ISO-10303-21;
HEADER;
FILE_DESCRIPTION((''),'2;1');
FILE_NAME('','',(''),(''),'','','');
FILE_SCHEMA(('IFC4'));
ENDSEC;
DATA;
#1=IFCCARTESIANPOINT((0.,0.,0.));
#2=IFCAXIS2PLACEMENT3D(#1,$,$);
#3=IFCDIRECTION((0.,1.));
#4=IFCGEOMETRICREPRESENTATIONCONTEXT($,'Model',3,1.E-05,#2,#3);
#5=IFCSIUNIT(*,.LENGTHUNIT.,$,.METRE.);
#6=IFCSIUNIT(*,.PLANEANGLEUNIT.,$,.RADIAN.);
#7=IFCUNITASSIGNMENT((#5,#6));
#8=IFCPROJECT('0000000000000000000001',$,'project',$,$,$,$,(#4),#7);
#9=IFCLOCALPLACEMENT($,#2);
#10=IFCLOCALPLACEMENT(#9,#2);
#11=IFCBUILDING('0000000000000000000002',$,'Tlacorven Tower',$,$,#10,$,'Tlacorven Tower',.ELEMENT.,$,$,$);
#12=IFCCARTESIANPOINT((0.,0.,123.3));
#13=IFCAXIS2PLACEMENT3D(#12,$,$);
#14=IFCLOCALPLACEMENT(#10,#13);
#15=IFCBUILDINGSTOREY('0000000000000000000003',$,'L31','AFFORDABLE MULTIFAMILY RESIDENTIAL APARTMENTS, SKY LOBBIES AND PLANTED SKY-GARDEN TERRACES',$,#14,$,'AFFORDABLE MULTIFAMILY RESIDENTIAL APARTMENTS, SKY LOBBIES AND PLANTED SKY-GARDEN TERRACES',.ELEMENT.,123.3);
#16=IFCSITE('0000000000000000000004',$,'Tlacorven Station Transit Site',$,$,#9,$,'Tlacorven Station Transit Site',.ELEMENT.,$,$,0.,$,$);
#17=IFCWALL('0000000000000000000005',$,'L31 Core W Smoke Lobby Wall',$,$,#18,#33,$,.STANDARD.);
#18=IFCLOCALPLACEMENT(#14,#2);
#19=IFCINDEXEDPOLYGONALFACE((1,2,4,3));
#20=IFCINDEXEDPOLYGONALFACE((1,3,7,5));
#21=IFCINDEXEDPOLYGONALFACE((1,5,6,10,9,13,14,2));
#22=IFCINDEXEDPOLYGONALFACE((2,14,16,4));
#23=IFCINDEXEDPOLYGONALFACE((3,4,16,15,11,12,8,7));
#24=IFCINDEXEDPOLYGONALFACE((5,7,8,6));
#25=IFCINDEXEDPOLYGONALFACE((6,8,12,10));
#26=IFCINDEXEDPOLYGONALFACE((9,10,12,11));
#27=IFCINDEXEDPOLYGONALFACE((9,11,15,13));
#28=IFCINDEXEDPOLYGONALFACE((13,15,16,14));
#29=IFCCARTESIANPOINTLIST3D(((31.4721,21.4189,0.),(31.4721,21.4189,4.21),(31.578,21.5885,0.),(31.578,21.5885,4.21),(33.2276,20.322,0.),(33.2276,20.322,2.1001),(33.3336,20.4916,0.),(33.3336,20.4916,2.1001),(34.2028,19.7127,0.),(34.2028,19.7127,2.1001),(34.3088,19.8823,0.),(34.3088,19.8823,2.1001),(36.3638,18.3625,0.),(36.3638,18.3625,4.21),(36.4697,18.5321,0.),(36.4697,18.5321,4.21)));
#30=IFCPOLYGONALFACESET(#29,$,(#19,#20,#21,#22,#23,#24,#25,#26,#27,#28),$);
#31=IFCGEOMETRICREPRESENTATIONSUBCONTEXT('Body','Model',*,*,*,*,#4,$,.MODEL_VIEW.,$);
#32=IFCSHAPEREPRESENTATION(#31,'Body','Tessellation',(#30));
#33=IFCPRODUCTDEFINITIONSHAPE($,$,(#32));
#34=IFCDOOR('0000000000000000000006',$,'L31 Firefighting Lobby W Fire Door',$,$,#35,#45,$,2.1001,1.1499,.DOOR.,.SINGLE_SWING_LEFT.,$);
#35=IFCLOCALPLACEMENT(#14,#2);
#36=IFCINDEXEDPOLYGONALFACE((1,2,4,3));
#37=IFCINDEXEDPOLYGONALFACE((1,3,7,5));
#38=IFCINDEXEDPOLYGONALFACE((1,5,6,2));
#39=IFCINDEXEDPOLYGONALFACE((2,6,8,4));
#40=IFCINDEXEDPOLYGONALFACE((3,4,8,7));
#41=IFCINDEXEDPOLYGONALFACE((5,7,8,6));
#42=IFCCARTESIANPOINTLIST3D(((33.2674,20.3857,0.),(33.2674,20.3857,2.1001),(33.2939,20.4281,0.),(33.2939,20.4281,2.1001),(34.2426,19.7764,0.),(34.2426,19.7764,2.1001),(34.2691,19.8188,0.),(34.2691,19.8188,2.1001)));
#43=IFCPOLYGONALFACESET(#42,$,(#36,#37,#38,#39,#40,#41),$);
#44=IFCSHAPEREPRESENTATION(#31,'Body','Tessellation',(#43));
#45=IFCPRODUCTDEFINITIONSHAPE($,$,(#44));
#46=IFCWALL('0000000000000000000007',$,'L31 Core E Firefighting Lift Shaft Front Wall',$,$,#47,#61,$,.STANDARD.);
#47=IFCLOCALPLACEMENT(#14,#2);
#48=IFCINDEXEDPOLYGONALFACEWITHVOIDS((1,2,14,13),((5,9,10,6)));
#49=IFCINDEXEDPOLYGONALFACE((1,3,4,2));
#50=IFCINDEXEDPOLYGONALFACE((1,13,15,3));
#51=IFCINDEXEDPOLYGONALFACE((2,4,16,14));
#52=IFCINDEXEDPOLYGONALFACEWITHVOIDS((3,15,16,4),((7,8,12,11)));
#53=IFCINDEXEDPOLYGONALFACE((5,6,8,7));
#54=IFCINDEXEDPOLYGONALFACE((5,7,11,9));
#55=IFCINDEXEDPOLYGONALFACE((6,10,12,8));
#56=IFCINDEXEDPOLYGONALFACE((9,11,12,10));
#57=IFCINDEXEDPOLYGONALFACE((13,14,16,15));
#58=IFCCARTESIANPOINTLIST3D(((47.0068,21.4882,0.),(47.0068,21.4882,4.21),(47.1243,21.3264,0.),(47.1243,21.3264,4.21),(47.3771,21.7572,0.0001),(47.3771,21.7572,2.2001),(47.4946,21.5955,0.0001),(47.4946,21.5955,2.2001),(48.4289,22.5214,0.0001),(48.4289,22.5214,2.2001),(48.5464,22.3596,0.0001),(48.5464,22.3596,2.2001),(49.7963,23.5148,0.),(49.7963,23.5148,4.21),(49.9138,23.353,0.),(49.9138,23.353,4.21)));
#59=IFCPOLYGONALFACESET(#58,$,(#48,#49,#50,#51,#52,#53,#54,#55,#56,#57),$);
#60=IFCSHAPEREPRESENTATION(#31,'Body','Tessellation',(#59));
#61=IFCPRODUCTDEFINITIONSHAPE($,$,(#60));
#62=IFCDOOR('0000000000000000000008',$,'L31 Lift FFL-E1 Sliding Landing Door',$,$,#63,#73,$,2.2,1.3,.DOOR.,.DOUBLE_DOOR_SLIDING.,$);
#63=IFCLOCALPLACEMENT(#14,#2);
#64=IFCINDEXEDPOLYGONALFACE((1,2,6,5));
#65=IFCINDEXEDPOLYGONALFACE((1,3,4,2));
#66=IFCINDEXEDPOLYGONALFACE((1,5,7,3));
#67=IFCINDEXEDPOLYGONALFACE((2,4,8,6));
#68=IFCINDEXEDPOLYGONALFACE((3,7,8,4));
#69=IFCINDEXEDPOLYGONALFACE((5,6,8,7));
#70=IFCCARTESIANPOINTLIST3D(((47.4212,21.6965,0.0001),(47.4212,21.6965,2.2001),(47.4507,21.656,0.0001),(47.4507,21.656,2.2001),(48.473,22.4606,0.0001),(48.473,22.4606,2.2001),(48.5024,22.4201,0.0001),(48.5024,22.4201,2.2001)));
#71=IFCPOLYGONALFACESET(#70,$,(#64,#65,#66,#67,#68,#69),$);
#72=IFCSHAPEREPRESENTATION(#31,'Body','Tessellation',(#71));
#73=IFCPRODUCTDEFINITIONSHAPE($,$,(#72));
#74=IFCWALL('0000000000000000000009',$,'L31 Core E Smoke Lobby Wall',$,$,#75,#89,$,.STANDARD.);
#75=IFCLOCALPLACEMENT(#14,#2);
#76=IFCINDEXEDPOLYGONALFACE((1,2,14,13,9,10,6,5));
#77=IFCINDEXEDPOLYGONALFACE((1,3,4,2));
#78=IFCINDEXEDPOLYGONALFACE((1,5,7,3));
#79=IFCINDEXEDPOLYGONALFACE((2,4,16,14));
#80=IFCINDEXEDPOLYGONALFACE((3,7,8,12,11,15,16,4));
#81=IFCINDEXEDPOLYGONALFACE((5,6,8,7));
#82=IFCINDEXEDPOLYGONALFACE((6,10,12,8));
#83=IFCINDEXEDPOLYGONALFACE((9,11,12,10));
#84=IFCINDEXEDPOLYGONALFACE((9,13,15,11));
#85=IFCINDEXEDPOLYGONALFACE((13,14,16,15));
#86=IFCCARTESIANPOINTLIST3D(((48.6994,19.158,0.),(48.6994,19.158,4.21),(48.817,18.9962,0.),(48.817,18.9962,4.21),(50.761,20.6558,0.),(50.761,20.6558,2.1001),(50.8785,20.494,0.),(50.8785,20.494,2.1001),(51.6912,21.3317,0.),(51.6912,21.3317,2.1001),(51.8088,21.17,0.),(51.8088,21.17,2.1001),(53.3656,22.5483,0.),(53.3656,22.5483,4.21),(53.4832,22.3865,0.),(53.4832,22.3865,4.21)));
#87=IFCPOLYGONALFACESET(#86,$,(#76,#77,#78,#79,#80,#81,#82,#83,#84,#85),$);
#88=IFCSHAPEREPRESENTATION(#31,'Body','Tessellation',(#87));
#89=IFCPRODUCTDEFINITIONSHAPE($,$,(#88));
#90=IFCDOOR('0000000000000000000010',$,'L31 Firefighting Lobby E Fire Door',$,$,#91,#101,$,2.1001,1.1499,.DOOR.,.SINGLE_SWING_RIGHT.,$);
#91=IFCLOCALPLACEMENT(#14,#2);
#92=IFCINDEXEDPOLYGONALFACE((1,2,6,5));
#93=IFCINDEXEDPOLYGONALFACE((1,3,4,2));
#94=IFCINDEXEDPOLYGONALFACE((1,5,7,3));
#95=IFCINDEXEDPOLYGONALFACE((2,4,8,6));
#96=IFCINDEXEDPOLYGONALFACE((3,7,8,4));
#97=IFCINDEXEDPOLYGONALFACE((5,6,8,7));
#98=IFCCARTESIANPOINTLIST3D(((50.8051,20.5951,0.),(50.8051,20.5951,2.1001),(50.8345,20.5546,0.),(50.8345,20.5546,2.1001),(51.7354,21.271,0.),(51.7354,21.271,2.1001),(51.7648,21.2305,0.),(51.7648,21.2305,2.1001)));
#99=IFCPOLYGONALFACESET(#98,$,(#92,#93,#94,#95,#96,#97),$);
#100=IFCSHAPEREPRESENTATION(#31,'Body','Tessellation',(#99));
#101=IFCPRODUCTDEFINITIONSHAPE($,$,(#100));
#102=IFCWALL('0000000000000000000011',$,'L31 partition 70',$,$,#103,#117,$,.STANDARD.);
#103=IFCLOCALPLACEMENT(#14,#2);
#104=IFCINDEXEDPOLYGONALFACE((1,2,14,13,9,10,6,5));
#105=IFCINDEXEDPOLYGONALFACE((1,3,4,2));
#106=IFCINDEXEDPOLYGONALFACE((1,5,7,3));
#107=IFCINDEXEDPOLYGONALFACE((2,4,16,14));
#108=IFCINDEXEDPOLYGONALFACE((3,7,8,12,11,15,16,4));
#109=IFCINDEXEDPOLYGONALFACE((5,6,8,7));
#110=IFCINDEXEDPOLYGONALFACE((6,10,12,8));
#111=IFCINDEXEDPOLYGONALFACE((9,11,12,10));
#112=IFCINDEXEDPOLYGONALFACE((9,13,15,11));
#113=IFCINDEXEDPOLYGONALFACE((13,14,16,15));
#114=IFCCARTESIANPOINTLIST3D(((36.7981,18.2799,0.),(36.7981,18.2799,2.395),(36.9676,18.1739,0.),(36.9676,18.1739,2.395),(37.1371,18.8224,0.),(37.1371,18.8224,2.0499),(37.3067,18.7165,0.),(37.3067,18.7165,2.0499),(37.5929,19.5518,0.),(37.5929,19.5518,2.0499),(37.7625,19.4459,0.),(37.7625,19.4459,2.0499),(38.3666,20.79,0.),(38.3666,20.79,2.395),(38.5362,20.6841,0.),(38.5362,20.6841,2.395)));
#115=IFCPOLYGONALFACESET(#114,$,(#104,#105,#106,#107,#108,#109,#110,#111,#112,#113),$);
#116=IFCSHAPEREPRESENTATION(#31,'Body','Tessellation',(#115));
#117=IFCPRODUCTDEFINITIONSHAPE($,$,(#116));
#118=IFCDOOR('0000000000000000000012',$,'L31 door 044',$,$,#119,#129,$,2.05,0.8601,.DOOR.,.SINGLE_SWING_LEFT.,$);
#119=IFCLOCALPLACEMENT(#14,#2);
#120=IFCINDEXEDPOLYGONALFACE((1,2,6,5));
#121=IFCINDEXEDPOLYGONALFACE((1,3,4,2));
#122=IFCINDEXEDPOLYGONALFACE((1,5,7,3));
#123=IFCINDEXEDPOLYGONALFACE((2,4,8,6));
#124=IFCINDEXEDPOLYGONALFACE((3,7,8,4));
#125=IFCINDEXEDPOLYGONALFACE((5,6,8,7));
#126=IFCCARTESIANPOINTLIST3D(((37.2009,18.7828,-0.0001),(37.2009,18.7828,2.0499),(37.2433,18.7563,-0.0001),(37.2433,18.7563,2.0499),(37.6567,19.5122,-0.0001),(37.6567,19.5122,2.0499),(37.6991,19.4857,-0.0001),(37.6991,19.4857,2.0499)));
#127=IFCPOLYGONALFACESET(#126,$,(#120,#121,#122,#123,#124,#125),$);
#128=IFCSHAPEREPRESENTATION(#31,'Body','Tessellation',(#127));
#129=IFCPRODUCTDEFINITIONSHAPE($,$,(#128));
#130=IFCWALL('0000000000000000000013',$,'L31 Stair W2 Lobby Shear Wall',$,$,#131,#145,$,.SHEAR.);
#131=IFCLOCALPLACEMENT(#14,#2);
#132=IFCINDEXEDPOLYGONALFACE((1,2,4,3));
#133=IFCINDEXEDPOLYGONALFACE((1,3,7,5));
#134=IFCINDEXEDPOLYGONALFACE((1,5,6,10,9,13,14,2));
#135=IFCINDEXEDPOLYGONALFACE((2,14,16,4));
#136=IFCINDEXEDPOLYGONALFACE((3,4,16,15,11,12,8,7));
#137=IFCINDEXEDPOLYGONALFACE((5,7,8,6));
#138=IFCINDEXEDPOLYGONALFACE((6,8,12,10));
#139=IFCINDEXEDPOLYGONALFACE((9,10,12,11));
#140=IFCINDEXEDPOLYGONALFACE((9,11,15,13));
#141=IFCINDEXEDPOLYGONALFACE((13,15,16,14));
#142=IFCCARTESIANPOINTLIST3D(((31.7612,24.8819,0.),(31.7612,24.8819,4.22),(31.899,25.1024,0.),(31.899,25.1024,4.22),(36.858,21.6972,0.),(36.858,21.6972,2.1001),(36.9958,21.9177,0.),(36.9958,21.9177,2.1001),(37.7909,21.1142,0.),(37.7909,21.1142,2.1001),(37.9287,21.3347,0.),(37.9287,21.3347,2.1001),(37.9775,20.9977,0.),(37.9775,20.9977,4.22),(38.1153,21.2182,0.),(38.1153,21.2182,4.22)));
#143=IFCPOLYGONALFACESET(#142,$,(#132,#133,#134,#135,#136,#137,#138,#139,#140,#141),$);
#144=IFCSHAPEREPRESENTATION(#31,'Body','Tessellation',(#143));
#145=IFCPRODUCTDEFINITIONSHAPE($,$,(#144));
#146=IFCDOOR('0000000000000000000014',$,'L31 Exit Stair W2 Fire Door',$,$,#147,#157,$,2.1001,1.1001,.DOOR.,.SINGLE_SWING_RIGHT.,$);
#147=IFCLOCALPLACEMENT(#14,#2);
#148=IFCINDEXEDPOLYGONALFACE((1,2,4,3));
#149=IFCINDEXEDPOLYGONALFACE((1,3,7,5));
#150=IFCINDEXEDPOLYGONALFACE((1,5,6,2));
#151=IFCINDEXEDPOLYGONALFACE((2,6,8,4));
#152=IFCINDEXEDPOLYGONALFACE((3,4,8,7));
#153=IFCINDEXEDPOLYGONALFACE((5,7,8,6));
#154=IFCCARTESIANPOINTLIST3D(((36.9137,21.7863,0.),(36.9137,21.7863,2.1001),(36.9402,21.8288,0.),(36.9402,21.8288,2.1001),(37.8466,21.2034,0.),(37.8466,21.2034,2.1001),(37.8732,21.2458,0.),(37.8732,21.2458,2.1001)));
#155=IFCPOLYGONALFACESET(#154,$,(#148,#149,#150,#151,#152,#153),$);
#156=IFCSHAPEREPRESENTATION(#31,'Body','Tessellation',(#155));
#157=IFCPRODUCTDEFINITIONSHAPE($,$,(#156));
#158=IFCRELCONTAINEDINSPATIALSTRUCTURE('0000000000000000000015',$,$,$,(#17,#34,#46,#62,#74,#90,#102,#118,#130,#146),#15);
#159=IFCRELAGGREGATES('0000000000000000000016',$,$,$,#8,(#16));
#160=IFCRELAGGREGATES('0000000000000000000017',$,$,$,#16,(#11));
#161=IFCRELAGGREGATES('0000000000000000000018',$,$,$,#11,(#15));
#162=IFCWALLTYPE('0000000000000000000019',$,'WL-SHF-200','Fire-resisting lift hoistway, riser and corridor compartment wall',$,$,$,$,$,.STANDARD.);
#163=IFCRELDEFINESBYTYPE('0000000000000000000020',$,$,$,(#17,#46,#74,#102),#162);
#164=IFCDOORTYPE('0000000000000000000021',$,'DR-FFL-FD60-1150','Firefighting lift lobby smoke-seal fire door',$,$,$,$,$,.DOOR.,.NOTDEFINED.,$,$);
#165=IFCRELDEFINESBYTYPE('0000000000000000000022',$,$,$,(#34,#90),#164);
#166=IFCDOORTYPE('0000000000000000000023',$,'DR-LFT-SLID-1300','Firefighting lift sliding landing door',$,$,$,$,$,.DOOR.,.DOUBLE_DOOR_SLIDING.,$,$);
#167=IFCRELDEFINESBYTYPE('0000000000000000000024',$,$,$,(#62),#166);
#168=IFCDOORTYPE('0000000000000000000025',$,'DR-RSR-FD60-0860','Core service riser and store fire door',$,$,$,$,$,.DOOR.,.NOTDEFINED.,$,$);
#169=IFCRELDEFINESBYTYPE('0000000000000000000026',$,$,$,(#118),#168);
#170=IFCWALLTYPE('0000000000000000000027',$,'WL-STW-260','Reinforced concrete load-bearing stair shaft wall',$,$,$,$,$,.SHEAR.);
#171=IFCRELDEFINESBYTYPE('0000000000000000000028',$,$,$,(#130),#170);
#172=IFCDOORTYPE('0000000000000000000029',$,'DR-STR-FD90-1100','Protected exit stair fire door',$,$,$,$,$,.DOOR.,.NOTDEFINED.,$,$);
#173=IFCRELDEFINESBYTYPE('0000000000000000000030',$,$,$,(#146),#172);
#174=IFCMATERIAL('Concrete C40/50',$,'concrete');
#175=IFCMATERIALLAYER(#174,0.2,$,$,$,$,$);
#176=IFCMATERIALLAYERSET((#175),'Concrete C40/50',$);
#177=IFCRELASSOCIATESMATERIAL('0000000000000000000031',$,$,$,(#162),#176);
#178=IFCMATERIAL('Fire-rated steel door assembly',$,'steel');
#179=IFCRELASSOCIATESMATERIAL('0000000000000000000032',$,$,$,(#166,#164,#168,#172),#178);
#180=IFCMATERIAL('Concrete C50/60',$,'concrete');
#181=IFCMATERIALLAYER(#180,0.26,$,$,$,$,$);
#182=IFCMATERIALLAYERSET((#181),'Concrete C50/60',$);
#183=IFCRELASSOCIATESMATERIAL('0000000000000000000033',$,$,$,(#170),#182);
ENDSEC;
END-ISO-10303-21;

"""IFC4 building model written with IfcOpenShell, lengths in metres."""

from ifc_helpers import new_model, si_unit, direction, frame, frame_2d, origin, place, context, subcontext, project, spatial, rectangle, extrude, source, transform, mapped, material, layer, layer_set, type_object, element, fill, save


model = new_model("IFC4")

# Units and contexts
model_context = context("Model", 3, precision=1e-05, world=origin(), true_north=direction((0.0, 1.0)))
body_context = subcontext(model_context, "Body", "Model", "MODEL_VIEW")
ifc_project = project(units=[si_unit("LENGTHUNIT", "METRE"), si_unit("PLANEANGLEUNIT", "RADIAN")], contexts=[model_context])

# Site, building, storey
site_placement = place(None, origin())
site = spatial("IfcSite", under=ifc_project, at=site_placement, Name="Tlacorven Station Transit Site", LongName="Tlacorven Station Transit Site", CompositionType="ELEMENT", RefElevation=0.0)
building_placement = place(site_placement, origin())
building = spatial("IfcBuilding", under=site, at=building_placement, Name="Tlacorven Tower", LongName="Tlacorven Tower", CompositionType="ELEMENT")
storey_placement = place(building_placement, frame((0.0, 0.0, 123.3)))
storey = spatial("IfcBuildingStorey", under=building, at=storey_placement, Name="L31", Description="AFFORDABLE MULTIFAMILY RESIDENTIAL APARTMENTS, SKY LOBBIES AND PLANTED SKY-GARDEN TERRACES", LongName="AFFORDABLE MULTIFAMILY RESIDENTIAL APARTMENTS, SKY LOBBIES AND PLANTED SKY-GARDEN TERRACES", CompositionType="ELEMENT", Elevation=123.3)

# Shared definitions
ifc_material_1 = material(Name="Fire-rated steel door assembly", Category="steel")

# Shared definitions
ifc_material_2 = material(Name="Concrete C40/50", Category="concrete")
ifc_layer_1 = layer(ifc_material_2, 0.2)
ifc_layer_set_1 = layer_set([ifc_layer_1], Name="Concrete C40/50")
wall_type_1 = type_object("IfcWallType", Name="WL-SHF-200", Description="Fire-resisting lift hoistway, riser and corridor compartment wall", PredefinedType="STANDARD", material=ifc_layer_set_1)
door_type_1 = type_object("IfcDoorType", Name="DR-LFT-SLID-1300", Description="Firefighting lift sliding landing door", OperationType="DOUBLE_DOOR_SLIDING", PredefinedType="DOOR", material=ifc_material_1)
shared_shape_1 = source(origin(), body_context, "Body", "SweptSolid", [
    extrude(rectangle(XDim=1.3, YDim=2.2, at=frame_2d((0.6499, 1.1001))), frame((0.0, 0.0249, 0.0), z_axis=(0.0, -1.0, 0.0), x_axis=(1.0, 0.0, 0.0)), (0.0, 0.0, 1.0), 0.05),
])

# Walls, openings, doors
wall_1_placement = place(storey_placement, frame((36.4167, 18.4473, 0.0), z_axis=(0.0, 0.0, 1.0), x_axis=(-0.848065, 0.529892, 0.0)))
wall_1 = element("IfcWall", 1, at=wall_1_placement, inside=storey, type_object=wall_type_1, Name="L31 Core W Smoke Lobby Wall", PredefinedType="STANDARD", context=body_context, shape_type="SweptSolid", body=[
    extrude(rectangle(XDim=5.7681, YDim=0.2, at=frame_2d((2.884, 0.0))), origin(), (0.0, 0.0, 1.0), 4.21),
])
opening_1_placement = place(wall_1_placement, frame((2.5481, 0.0, 0.0)))
opening_1 = element("IfcOpeningElement", 2, at=opening_1_placement, cuts=wall_1, PredefinedType="OPENING", context=body_context, shape_type="SweptSolid", body=[
    extrude(rectangle(XDim=1.1499, YDim=2.1001, at=frame_2d((0.575, 1.05))), frame((0.0, 0.1099, 0.0), z_axis=(0.0, -1.0, 0.0), x_axis=(1.0, 0.0, 0.0)), (0.0, 0.0, 1.0), 0.22),
])
door_type_2 = type_object("IfcDoorType", Name="DR-FFL-FD60-1150", Description="Firefighting lift lobby smoke-seal fire door", OperationType="NOTDEFINED", PredefinedType="DOOR", material=ifc_material_1)
shared_shape_2 = source(origin(), body_context, "Body", "SweptSolid", [
    extrude(rectangle(XDim=1.1499, YDim=2.1001, at=frame_2d((0.575, 1.05))), frame((0.0, 0.0249, 0.0), z_axis=(0.0, -1.0, 0.0), x_axis=(1.0, 0.0, 0.0)), (0.0, 0.0, 1.0), 0.05),
])
door_1_placement = place(opening_1_placement, origin())
door_1 = element("IfcDoor", 3, at=door_1_placement, inside=storey, type_object=door_type_2, Name="L31 Firefighting Lobby W Fire Door", OperationType="SINGLE_SWING_LEFT", OverallHeight=2.1001, OverallWidth=1.1499, PredefinedType="DOOR", context=body_context, shape_type="MappedRepresentation", body=[
    mapped(shared_shape_2, transform((0.0, 0.0, 0.0), scale=1.0)),
])
fill(opening_1, door_1)
wall_2_placement = place(storey_placement, frame((47.0654, 21.4072, 0.0), z_axis=(0.0, 0.0, 1.0), x_axis=(0.809033, 0.587763, 0.0)))
wall_2 = element("IfcWall", 4, at=wall_2_placement, inside=storey, type_object=wall_type_1, Name="L31 Core E Firefighting Lift Shaft Front Wall", PredefinedType="STANDARD", context=body_context, shape_type="SweptSolid", body=[
    extrude(rectangle(XDim=3.448, YDim=0.2, at=frame_2d((1.7241, 0.0))), origin(), (0.0, 0.0, 1.0), 4.21),
])
opening_2_placement = place(wall_2_placement, frame((0.458, 0.0, 0.0)))
opening_2 = element("IfcOpeningElement", 5, at=opening_2_placement, cuts=wall_2, PredefinedType="OPENING", context=body_context, shape_type="SweptSolid", body=[
    extrude(rectangle(XDim=1.3, YDim=2.2, at=frame_2d((0.6499, 1.1001))), frame((0.0, 0.1099, 0.0), z_axis=(0.0, -1.0, 0.0), x_axis=(1.0, 0.0, 0.0)), (0.0, 0.0, 1.0), 0.22),
])
door_2_placement = place(opening_2_placement, origin())
door_2 = element("IfcDoor", 6, at=door_2_placement, inside=storey, type_object=door_type_1, Name="L31 Lift FFL-E1 Sliding Landing Door", OperationType="DOUBLE_DOOR_SLIDING", OverallHeight=2.2, OverallWidth=1.3, PredefinedType="DOOR", context=body_context, shape_type="MappedRepresentation", body=[
    mapped(shared_shape_1, transform((0.0, 0.0, 0.0), scale=1.0)),
])
fill(opening_2, door_2)
wall_3_placement = place(storey_placement, frame((48.7583, 19.0771, 0.0), z_axis=(0.0, 0.0, 1.0), x_axis=(0.809005, 0.587802, 0.0)))
wall_3 = element("IfcWall", 7, at=wall_3_placement, inside=storey, type_object=wall_type_1, Name="L31 Core E Smoke Lobby Wall", PredefinedType="STANDARD", context=body_context, shape_type="SweptSolid", body=[
    extrude(rectangle(XDim=5.7678, YDim=0.2, at=frame_2d((2.8838, 0.0))), origin(), (0.0, 0.0, 1.0), 4.21),
])
opening_3_placement = place(wall_3_placement, frame((2.5481, 0.0, 0.0)))
opening_3 = element("IfcOpeningElement", 8, at=opening_3_placement, cuts=wall_3, PredefinedType="OPENING", context=body_context, shape_type="SweptSolid", body=[
    extrude(rectangle(XDim=1.1499, YDim=2.1001, at=frame_2d((0.575, 1.05))), frame((0.0, 0.1099, 0.0), z_axis=(0.0, -1.0, 0.0), x_axis=(1.0, 0.0, 0.0)), (0.0, 0.0, 1.0), 0.22),
])
door_3_placement = place(opening_3_placement, origin())
door_3 = element("IfcDoor", 9, at=door_3_placement, inside=storey, type_object=door_type_2, Name="L31 Firefighting Lobby E Fire Door", OperationType="SINGLE_SWING_RIGHT", OverallHeight=2.1001, OverallWidth=1.1499, PredefinedType="DOOR", context=body_context, shape_type="MappedRepresentation", body=[
    mapped(shared_shape_2, transform((0.0, 0.0, 0.0), scale=1.0)),
])
fill(opening_3, door_3)
wall_4_placement = place(storey_placement, frame((38.4514, 20.7371, 0.0), z_axis=(0.0, 0.0, 1.0), x_axis=(-0.529925, -0.848045, 0.0)))
wall_4 = element("IfcWall", 10, at=wall_4_placement, inside=storey, type_object=wall_type_1, Name="L31 partition 70", PredefinedType="STANDARD", context=body_context, shape_type="SweptSolid", body=[
    extrude(rectangle(XDim=2.96, YDim=0.2, at=frame_2d((1.48, 0.0))), origin(), (0.0, 0.0, 1.0), 2.395),
])
opening_4_placement = place(wall_4_placement, frame((1.46, 0.0, 0.0)))
opening_4 = element("IfcOpeningElement", 11, at=opening_4_placement, cuts=wall_4, PredefinedType="OPENING", context=body_context, shape_type="SweptSolid", body=[
    extrude(rectangle(XDim=0.8601, YDim=2.05, at=frame_2d((0.4302, 1.0249))), frame((0.0, 0.1099, 0.0), z_axis=(0.0, -1.0, 0.0), x_axis=(1.0, 0.0, 0.0)), (0.0, 0.0, 1.0), 0.22),
])
door_type_3 = type_object("IfcDoorType", Name="DR-RSR-FD60-0860", Description="Core service riser and store fire door", OperationType="NOTDEFINED", PredefinedType="DOOR", material=ifc_material_1)
shared_shape_3 = source(origin(), body_context, "Body", "SweptSolid", [
    extrude(rectangle(XDim=0.8601, YDim=2.05, at=frame_2d((0.4302, 1.0249))), frame((0.0, 0.0249, 0.0), z_axis=(0.0, -1.0, 0.0), x_axis=(1.0, 0.0, 0.0)), (0.0, 0.0, 1.0), 0.05),
])
door_4_placement = place(opening_4_placement, frame((0.8601, 0.0, 0.0), z_axis=(0.0, 0.0, 1.0), x_axis=(-1.0, 0.0, 0.0)))
door_4 = element("IfcDoor", 12, at=door_4_placement, inside=storey, type_object=door_type_3, Name="L31 door 044", OperationType="SINGLE_SWING_LEFT", OverallHeight=2.05, OverallWidth=0.8601, PredefinedType="DOOR", context=body_context, shape_type="MappedRepresentation", body=[
    mapped(shared_shape_3, transform((0.0, 0.0, 0.0), scale=1.0)),
])
fill(opening_4, door_4)
ifc_material_3 = material(Name="Concrete C50/60", Category="concrete")
ifc_layer_2 = layer(ifc_material_3, 0.26)
ifc_layer_set_2 = layer_set([ifc_layer_2], Name="Concrete C50/60")
wall_type_2 = type_object("IfcWallType", Name="WL-STW-260", Description="Reinforced concrete load-bearing stair shaft wall", PredefinedType="SHEAR", material=ifc_layer_set_2)
wall_5_placement = place(storey_placement, frame((38.0464, 21.1079, 0.0), z_axis=(0.0, 0.0, 1.0), x_axis=(-0.848054, 0.529909, 0.0)))
wall_5 = element("IfcWall", 13, at=wall_5_placement, inside=storey, type_object=wall_type_2, Name="L31 Stair W2 Lobby Shear Wall", PredefinedType="SHEAR", context=body_context, shape_type="SweptSolid", body=[
    extrude(rectangle(XDim=7.3301, YDim=0.26, at=frame_2d((3.665, 0.0))), origin(), (0.0, 0.0, 1.0), 4.22),
])
opening_5_placement = place(wall_5_placement, frame((0.22, 0.0, 0.0)))
opening_5 = element("IfcOpeningElement", 14, at=opening_5_placement, cuts=wall_5, PredefinedType="OPENING", context=body_context, shape_type="SweptSolid", body=[
    extrude(rectangle(XDim=1.1001, YDim=2.1001, at=frame_2d((0.55, 1.05))), frame((0.0, 0.1401, 0.0), z_axis=(0.0, -1.0, 0.0), x_axis=(1.0, 0.0, 0.0)), (0.0, 0.0, 1.0), 0.28),
])
door_type_4 = type_object("IfcDoorType", Name="DR-STR-FD90-1100", Description="Protected exit stair fire door", OperationType="NOTDEFINED", PredefinedType="DOOR", material=ifc_material_1)
shared_shape_4 = source(origin(), body_context, "Body", "SweptSolid", [
    extrude(rectangle(XDim=1.1001, YDim=2.1001, at=frame_2d((0.55, 1.05))), frame((0.0, 0.0249, 0.0), z_axis=(0.0, -1.0, 0.0), x_axis=(1.0, 0.0, 0.0)), (0.0, 0.0, 1.0), 0.05),
])
door_5_placement = place(opening_5_placement, origin())
door_5 = element("IfcDoor", 15, at=door_5_placement, inside=storey, type_object=door_type_4, Name="L31 Exit Stair W2 Fire Door", OperationType="SINGLE_SWING_RIGHT", OverallHeight=2.1001, OverallWidth=1.1001, PredefinedType="DOOR", context=body_context, shape_type="MappedRepresentation", body=[
    mapped(shared_shape_4, transform((0.0, 0.0, 0.0), scale=1.0)),
])
fill(opening_5, door_5)

save(model, "model.ifc")
